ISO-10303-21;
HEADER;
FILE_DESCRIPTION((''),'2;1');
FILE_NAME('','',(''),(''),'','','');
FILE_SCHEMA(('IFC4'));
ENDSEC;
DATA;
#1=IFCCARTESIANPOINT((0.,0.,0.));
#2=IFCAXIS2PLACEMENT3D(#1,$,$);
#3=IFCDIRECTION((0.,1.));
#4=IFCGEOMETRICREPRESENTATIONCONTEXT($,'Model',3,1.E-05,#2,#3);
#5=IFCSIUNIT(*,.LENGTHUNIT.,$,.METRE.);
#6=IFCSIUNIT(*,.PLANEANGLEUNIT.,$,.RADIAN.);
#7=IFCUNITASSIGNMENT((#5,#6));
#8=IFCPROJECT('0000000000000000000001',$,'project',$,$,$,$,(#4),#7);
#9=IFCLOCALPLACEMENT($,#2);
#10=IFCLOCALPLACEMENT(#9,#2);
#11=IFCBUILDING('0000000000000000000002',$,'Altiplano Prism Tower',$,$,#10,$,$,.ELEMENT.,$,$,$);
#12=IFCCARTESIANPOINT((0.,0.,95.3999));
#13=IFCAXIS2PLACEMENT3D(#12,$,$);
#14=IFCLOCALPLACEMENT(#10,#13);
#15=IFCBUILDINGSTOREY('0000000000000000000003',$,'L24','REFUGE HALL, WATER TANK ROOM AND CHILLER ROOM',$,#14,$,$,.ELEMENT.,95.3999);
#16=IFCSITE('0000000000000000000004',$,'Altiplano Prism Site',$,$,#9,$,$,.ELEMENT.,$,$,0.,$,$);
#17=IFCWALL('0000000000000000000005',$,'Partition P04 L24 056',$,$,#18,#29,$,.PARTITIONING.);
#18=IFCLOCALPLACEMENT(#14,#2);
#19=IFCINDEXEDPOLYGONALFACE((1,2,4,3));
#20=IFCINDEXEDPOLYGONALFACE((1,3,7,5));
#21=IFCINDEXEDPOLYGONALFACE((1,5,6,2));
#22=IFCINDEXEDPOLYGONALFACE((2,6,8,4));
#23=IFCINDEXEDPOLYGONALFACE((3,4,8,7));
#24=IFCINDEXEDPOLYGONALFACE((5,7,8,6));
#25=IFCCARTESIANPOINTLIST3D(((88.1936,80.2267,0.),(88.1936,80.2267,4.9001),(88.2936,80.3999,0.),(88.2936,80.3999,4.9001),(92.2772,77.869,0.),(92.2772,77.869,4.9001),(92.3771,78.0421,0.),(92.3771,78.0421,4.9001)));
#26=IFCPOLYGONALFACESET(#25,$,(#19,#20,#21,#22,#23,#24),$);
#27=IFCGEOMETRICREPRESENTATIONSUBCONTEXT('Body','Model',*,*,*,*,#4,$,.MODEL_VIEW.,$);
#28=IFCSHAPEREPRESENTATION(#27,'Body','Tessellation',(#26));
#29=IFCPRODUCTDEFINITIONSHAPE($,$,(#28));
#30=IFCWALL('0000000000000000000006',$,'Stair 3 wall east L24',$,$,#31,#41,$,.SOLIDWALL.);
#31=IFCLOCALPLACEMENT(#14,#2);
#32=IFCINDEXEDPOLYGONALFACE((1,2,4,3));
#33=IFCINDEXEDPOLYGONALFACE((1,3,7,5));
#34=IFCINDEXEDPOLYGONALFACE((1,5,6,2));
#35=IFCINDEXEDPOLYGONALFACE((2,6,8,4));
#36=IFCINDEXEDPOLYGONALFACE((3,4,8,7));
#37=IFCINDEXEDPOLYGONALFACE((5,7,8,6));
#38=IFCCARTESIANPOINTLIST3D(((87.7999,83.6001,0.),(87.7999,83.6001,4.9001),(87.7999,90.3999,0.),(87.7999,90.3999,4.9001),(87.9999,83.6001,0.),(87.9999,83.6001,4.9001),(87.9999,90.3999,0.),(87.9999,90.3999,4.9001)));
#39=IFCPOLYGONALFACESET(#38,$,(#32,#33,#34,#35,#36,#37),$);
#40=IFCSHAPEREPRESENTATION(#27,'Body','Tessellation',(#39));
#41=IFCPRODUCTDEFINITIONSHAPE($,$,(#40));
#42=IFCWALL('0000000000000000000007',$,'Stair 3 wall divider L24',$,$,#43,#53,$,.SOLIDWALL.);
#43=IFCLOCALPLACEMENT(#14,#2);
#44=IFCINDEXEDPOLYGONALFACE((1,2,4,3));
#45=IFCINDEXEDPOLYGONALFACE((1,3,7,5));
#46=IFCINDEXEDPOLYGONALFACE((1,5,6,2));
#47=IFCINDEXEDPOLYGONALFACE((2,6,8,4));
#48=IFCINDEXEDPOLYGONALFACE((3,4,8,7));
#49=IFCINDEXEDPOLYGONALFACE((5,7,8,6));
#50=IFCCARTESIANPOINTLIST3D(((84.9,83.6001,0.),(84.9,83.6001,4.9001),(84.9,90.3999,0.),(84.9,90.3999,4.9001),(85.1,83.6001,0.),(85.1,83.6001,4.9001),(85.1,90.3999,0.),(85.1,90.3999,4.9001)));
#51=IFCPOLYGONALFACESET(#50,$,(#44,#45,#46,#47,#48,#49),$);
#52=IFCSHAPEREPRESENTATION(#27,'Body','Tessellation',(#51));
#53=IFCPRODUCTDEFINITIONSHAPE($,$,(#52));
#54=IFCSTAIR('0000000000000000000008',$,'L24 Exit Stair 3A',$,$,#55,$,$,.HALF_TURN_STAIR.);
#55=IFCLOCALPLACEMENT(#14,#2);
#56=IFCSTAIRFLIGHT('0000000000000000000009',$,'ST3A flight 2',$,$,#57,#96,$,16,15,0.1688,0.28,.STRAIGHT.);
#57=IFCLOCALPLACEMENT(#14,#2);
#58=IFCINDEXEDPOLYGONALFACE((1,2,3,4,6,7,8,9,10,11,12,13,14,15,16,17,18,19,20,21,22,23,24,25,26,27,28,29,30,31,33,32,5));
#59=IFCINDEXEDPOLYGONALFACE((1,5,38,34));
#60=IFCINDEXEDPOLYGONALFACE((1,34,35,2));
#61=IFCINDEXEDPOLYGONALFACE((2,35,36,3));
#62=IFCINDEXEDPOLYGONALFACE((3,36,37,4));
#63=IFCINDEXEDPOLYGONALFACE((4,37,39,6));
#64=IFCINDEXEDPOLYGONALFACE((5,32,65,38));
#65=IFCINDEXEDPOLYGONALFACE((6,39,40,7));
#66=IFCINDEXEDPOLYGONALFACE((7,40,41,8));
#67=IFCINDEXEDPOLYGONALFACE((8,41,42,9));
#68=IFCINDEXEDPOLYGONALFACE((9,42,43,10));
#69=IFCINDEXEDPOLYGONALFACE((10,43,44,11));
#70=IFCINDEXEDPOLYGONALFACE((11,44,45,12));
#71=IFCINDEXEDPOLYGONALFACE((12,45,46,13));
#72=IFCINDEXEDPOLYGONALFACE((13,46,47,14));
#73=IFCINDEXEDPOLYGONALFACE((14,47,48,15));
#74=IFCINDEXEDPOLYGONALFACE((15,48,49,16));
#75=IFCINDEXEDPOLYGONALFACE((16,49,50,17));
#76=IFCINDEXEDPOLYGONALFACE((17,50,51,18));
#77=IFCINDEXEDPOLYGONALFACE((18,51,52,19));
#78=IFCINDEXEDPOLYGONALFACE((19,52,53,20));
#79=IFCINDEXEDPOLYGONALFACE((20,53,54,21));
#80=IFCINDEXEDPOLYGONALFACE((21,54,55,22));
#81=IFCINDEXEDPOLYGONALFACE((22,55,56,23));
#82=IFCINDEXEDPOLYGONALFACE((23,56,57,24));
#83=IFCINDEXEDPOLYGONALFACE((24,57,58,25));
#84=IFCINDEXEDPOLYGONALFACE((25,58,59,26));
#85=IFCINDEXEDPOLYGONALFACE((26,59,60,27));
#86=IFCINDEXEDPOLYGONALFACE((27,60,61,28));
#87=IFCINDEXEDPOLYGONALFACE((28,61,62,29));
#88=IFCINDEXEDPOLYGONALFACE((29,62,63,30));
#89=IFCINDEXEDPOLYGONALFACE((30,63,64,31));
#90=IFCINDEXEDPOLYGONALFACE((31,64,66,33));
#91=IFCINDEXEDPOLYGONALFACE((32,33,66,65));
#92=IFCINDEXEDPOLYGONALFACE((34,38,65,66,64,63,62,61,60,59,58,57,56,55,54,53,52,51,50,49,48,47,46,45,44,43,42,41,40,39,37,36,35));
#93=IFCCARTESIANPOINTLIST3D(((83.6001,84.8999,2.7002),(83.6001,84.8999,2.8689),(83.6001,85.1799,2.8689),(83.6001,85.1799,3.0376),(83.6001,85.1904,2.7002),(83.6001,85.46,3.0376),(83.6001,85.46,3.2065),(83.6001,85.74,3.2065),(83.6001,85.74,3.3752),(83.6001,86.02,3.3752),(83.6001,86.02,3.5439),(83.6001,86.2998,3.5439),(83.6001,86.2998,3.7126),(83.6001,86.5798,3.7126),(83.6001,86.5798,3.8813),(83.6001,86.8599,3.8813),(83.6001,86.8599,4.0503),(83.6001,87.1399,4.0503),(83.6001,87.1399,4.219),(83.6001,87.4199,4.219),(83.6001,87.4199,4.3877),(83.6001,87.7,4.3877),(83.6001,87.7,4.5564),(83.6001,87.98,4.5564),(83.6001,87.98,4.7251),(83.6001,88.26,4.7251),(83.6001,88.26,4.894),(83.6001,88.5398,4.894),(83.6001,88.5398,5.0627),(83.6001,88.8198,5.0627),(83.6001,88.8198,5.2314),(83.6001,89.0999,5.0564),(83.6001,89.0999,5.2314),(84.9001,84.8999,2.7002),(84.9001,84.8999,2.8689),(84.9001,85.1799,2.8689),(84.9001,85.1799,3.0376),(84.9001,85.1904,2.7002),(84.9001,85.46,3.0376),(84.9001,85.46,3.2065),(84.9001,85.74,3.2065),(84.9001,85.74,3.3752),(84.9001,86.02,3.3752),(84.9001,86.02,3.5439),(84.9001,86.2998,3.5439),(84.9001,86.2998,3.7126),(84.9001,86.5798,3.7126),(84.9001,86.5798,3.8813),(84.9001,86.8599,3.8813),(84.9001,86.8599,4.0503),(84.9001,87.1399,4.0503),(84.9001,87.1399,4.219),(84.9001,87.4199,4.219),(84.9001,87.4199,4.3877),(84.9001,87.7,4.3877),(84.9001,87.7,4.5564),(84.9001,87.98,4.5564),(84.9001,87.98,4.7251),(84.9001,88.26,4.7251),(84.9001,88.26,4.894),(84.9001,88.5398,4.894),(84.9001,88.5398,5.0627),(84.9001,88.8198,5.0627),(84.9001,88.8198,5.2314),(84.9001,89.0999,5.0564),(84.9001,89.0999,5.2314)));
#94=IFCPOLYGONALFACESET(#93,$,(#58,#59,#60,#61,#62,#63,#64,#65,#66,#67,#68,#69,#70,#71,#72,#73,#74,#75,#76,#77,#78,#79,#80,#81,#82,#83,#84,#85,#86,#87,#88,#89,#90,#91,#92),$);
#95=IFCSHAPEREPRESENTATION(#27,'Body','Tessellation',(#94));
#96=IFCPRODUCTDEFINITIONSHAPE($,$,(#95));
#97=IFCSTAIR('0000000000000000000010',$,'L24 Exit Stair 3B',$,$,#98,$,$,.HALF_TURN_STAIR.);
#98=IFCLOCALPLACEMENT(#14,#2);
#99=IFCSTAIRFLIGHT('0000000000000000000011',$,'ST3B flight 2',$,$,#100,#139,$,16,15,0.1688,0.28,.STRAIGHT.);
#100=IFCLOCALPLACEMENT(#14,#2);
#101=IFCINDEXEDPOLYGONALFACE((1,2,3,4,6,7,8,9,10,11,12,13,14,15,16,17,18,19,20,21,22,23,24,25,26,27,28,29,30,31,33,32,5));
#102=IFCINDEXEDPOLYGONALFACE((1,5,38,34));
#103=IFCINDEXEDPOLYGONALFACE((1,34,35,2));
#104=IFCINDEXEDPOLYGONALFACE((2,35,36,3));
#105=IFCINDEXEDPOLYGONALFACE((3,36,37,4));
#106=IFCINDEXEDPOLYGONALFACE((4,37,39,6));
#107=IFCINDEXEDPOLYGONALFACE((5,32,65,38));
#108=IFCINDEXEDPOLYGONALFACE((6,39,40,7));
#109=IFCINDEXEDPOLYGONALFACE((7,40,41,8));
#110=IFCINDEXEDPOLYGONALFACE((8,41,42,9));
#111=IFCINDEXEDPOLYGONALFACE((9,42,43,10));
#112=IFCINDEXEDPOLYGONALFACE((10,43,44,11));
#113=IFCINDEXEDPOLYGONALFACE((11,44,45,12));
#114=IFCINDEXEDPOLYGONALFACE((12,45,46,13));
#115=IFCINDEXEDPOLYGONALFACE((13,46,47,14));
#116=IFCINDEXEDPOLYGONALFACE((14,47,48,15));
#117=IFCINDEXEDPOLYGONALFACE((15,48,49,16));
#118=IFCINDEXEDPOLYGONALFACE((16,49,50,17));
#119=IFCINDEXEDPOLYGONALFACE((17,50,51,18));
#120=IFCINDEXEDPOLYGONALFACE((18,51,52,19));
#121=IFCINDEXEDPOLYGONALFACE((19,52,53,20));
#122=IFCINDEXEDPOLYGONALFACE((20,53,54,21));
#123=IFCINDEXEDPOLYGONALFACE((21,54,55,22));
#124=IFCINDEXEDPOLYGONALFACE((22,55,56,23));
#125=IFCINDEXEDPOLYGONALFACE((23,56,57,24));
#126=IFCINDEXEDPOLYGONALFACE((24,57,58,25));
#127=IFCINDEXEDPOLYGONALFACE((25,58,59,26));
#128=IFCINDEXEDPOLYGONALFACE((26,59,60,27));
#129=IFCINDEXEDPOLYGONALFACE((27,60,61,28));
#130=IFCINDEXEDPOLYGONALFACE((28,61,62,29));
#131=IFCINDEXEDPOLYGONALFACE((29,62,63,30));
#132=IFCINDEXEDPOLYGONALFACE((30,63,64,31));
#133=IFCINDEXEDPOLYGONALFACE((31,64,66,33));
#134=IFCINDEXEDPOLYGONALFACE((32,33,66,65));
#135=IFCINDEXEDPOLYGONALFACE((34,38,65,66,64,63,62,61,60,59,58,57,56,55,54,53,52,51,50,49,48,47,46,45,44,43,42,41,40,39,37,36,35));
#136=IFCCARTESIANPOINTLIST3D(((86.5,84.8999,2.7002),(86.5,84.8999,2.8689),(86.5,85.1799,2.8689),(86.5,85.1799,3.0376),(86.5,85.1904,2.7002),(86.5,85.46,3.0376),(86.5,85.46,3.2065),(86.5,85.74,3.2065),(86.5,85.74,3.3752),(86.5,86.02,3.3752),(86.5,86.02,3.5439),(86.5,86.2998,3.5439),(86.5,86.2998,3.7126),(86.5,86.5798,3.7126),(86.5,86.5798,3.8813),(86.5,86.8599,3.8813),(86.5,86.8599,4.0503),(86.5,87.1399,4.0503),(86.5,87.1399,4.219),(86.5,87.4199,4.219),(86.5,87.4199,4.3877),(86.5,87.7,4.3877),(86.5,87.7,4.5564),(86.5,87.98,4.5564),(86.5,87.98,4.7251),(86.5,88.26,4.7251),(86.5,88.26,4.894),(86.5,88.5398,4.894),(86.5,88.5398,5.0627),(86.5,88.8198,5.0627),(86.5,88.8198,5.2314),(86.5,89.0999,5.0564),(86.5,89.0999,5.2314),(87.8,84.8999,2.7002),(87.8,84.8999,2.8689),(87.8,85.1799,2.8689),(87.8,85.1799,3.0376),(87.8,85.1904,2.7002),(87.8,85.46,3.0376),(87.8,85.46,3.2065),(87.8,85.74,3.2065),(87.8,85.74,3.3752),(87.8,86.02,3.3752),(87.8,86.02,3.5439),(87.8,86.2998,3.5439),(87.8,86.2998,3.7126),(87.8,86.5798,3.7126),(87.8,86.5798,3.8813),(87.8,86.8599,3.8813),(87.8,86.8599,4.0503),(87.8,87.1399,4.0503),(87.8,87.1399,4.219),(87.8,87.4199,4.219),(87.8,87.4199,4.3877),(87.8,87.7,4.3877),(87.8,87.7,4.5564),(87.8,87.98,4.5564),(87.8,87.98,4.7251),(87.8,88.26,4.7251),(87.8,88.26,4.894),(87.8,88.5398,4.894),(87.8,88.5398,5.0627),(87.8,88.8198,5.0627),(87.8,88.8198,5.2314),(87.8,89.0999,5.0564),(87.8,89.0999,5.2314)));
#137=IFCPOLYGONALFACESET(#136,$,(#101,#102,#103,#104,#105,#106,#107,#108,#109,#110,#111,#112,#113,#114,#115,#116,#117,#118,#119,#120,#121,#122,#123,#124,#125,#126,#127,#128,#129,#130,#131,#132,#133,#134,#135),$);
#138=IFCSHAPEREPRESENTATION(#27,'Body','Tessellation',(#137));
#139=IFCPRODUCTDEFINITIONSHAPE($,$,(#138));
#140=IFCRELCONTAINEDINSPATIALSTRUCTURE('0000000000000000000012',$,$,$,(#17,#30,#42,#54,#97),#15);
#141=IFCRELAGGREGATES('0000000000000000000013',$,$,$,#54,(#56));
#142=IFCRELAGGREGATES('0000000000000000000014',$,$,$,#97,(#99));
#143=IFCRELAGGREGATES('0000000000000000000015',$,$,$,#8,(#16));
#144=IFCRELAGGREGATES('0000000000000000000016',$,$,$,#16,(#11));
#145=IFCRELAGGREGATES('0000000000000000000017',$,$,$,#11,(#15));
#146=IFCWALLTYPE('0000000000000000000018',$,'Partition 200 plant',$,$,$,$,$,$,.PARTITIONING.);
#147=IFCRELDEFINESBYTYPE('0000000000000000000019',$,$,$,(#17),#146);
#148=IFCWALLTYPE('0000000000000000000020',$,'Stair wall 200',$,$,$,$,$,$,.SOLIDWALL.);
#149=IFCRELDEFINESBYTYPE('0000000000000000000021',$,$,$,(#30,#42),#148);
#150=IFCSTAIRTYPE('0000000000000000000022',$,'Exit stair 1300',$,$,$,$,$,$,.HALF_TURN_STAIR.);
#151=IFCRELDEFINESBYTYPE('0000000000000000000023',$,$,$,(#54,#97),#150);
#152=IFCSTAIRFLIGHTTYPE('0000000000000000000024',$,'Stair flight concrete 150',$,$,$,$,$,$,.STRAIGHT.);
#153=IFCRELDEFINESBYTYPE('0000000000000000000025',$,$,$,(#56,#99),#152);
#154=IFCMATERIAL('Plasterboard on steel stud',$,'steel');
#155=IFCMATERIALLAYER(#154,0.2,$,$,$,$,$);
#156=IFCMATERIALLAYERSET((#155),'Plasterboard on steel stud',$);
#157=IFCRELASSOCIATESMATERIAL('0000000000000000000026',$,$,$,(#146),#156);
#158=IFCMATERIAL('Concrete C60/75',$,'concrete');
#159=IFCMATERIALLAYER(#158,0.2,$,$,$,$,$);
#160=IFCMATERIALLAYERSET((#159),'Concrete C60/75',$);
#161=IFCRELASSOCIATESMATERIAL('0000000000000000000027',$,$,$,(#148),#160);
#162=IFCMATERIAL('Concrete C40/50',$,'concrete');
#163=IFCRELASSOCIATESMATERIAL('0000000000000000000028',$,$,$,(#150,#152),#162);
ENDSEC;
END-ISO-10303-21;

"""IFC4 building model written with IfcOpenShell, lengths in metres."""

from ifc_helpers import new_model, si_unit, direction, frame, frame_2d, origin, place, context, subcontext, project, spatial, polyline, rectangle, outline, extrude, material, layer, layer_set, type_object, element, aggregate, save


model = new_model("IFC4")

# Units and contexts
model_context = context("Model", 3, precision=1e-05, world=origin(), true_north=direction((0.0, 1.0)))
body_context = subcontext(model_context, "Body", "Model", "MODEL_VIEW")
ifc_project = project(units=[si_unit("LENGTHUNIT", "METRE"), si_unit("PLANEANGLEUNIT", "RADIAN")], contexts=[model_context])

# Site, building, storey
site_placement = place(None, origin())
site = spatial("IfcSite", under=ifc_project, at=site_placement, Name="Altiplano Prism Site", CompositionType="ELEMENT", RefElevation=0.0)
building_placement = place(site_placement, origin())
building = spatial("IfcBuilding", under=site, at=building_placement, Name="Altiplano Prism Tower", CompositionType="ELEMENT")
storey_placement = place(building_placement, frame((0.0, 0.0, 95.3999)))
storey = spatial("IfcBuildingStorey", under=building, at=storey_placement, Name="L24", Description="REFUGE HALL, WATER TANK ROOM AND CHILLER ROOM", CompositionType="ELEMENT", Elevation=95.3999)

# Walls
ifc_material_1 = material(Name="Plasterboard on steel stud", Category="steel")
ifc_layer_1 = layer(ifc_material_1, 0.2)
ifc_layer_set_1 = layer_set([ifc_layer_1], Name="Plasterboard on steel stud")
wall_type_1 = type_object("IfcWallType", Name="Partition 200 plant", PredefinedType="PARTITIONING", material=ifc_layer_set_1)
wall_1_placement = place(storey_placement, frame((92.3271, 77.9556, 0.0), z_axis=(0.0, 0.0, 1.0), x_axis=(-0.86602, 0.500009, 0.0)))
element("IfcWall", 1, at=wall_1_placement, inside=storey, type_object=wall_type_1, Name="Partition P04 L24 056", PredefinedType="PARTITIONING", context=body_context, shape_type="SweptSolid", body=[
    extrude(rectangle(XDim=4.7153, YDim=0.2, at=frame_2d((2.3577, 0.0))), origin(), (0.0, 0.0, 1.0), 4.9001),
])
ifc_material_2 = material(Name="Concrete C60/75", Category="concrete")
ifc_layer_2 = layer(ifc_material_2, 0.2)
ifc_layer_set_2 = layer_set([ifc_layer_2], Name="Concrete C60/75")
wall_type_2 = type_object("IfcWallType", Name="Stair wall 200", PredefinedType="SOLIDWALL", material=ifc_layer_set_2)
for number, where, z_axis, x_axis, name in (
    (2, (87.8999, 83.6001, 0.0), (0.0, 0.0, 1.0), (0.0, 1.0, 0.0), "Stair 3 wall east L24"),
    (3, (85.0, 83.6001, 0.0), (0.0, 0.0, 1.0), (0.0, 1.0, 0.0), "Stair 3 wall divider L24"),
):
    element("IfcWall", number, at=place(storey_placement, frame(where, z_axis=z_axis, x_axis=x_axis)), inside=storey, type_object=wall_type_2, Name=name, PredefinedType="SOLIDWALL", context=body_context, shape_type="SweptSolid", body=[
        extrude(rectangle(XDim=6.7998, YDim=0.2, at=frame_2d((3.3999, 0.0))), origin(), (0.0, 0.0, 1.0), 4.9001),
    ])

# Stairs, stair flights
ifc_material_3 = material(Name="Concrete C40/50", Category="concrete")
stair_type = type_object("IfcStairType", Name="Exit stair 1300", PredefinedType="HALF_TURN_STAIR", material=ifc_material_3)
stair_1_placement = place(storey_placement, origin())
stair_1 = element("IfcStair", 4, at=stair_1_placement, inside=storey, type_object=stair_type, Name="L24 Exit Stair 3A", PredefinedType="HALF_TURN_STAIR")
stair_flight_type = type_object("IfcStairFlightType", Name="Stair flight concrete 150", PredefinedType="STRAIGHT", material=ifc_material_3)
stair_flight_1_placement = place(storey_placement, frame((84.25, 84.8999, 2.7002), z_axis=(0.0, 0.0, 1.0), x_axis=(0.0, 1.0, 0.0)))
stair_flight_1 = element("IfcStairFlight", 5, at=stair_flight_1_placement, type_object=stair_flight_type, Name="ST3A flight 2", NumberOfRisers=16, NumberOfTreads=15, PredefinedType="STRAIGHT", RiserHeight=0.1688, TreadLength=0.28, context=body_context, shape_type="SweptSolid", body=[
    extrude(outline(polyline([(0.0, 0.0), (0.0, 0.1687), (0.28, 0.1687), (0.28, 0.3374), (0.5601, 0.3374), (0.5601, 0.5063), (0.8401, 0.5063), (0.8401, 0.675), (1.1201, 0.675), (1.1201, 0.8438), (1.3999, 0.8438), (1.3999, 1.0125), (1.6799, 1.0125), (1.6799, 1.1812), (1.96, 1.1812), (1.96, 1.3501), (2.24, 1.3501), (2.24, 1.5188), (2.52, 1.5188), (2.52, 1.6875), (2.8, 1.6875), (2.8, 1.8562), (3.0801, 1.8562), (3.0801, 2.0249), (3.3601, 2.0249), (3.3601, 2.1938), (3.6399, 2.1938), (3.6399, 2.3625), (3.9199, 2.3625), (3.9199, 2.5312), (4.2, 2.5312), (4.2, 2.7), (4.2, 2.3562), (0.2905, 0.0), (0.0, 0.0)])), frame((0.0, 0.6499, 0.0), z_axis=(0.0, -1.0, 0.0), x_axis=(1.0, 0.0, 0.0)), (0.0, 0.0, 1.0), 1.3),
])
aggregate(stair_1, [stair_flight_1])
stair_2_placement = place(storey_placement, origin())
stair_2 = element("IfcStair", 6, at=stair_2_placement, inside=storey, type_object=stair_type, Name="L24 Exit Stair 3B", PredefinedType="HALF_TURN_STAIR")
stair_flight_2_placement = place(storey_placement, frame((87.1499, 84.8999, 2.7002), z_axis=(0.0, 0.0, 1.0), x_axis=(0.0, 1.0, 0.0)))
stair_flight_2 = element("IfcStairFlight", 7, at=stair_flight_2_placement, type_object=stair_flight_type, Name="ST3B flight 2", NumberOfRisers=16, NumberOfTreads=15, PredefinedType="STRAIGHT", RiserHeight=0.1688, TreadLength=0.28, context=body_context, shape_type="SweptSolid", body=[
    extrude(outline(polyline([(0.0, 0.0), (0.0, 0.1687), (0.28, 0.1687), (0.28, 0.3374), (0.5601, 0.3374), (0.5601, 0.5063), (0.8401, 0.5063), (0.8401, 0.675), (1.1201, 0.675), (1.1201, 0.8438), (1.3999, 0.8438), (1.3999, 1.0125), (1.6799, 1.0125), (1.6799, 1.1812), (1.96, 1.1812), (1.96, 1.3501), (2.24, 1.3501), (2.24, 1.5188), (2.52, 1.5188), (2.52, 1.6875), (2.8, 1.6875), (2.8, 1.8562), (3.0801, 1.8562), (3.0801, 2.0249), (3.3601, 2.0249), (3.3601, 2.1938), (3.6399, 2.1938), (3.6399, 2.3625), (3.9199, 2.3625), (3.9199, 2.5312), (4.2, 2.5312), (4.2, 2.7), (4.2, 2.3562), (0.2905, 0.0), (0.0, 0.0)])), frame((0.0, 0.6499, 0.0), z_axis=(0.0, -1.0, 0.0), x_axis=(1.0, 0.0, 0.0)), (0.0, 0.0, 1.0), 1.3),
])
aggregate(stair_2, [stair_flight_2])

save(model, "model.ifc")
